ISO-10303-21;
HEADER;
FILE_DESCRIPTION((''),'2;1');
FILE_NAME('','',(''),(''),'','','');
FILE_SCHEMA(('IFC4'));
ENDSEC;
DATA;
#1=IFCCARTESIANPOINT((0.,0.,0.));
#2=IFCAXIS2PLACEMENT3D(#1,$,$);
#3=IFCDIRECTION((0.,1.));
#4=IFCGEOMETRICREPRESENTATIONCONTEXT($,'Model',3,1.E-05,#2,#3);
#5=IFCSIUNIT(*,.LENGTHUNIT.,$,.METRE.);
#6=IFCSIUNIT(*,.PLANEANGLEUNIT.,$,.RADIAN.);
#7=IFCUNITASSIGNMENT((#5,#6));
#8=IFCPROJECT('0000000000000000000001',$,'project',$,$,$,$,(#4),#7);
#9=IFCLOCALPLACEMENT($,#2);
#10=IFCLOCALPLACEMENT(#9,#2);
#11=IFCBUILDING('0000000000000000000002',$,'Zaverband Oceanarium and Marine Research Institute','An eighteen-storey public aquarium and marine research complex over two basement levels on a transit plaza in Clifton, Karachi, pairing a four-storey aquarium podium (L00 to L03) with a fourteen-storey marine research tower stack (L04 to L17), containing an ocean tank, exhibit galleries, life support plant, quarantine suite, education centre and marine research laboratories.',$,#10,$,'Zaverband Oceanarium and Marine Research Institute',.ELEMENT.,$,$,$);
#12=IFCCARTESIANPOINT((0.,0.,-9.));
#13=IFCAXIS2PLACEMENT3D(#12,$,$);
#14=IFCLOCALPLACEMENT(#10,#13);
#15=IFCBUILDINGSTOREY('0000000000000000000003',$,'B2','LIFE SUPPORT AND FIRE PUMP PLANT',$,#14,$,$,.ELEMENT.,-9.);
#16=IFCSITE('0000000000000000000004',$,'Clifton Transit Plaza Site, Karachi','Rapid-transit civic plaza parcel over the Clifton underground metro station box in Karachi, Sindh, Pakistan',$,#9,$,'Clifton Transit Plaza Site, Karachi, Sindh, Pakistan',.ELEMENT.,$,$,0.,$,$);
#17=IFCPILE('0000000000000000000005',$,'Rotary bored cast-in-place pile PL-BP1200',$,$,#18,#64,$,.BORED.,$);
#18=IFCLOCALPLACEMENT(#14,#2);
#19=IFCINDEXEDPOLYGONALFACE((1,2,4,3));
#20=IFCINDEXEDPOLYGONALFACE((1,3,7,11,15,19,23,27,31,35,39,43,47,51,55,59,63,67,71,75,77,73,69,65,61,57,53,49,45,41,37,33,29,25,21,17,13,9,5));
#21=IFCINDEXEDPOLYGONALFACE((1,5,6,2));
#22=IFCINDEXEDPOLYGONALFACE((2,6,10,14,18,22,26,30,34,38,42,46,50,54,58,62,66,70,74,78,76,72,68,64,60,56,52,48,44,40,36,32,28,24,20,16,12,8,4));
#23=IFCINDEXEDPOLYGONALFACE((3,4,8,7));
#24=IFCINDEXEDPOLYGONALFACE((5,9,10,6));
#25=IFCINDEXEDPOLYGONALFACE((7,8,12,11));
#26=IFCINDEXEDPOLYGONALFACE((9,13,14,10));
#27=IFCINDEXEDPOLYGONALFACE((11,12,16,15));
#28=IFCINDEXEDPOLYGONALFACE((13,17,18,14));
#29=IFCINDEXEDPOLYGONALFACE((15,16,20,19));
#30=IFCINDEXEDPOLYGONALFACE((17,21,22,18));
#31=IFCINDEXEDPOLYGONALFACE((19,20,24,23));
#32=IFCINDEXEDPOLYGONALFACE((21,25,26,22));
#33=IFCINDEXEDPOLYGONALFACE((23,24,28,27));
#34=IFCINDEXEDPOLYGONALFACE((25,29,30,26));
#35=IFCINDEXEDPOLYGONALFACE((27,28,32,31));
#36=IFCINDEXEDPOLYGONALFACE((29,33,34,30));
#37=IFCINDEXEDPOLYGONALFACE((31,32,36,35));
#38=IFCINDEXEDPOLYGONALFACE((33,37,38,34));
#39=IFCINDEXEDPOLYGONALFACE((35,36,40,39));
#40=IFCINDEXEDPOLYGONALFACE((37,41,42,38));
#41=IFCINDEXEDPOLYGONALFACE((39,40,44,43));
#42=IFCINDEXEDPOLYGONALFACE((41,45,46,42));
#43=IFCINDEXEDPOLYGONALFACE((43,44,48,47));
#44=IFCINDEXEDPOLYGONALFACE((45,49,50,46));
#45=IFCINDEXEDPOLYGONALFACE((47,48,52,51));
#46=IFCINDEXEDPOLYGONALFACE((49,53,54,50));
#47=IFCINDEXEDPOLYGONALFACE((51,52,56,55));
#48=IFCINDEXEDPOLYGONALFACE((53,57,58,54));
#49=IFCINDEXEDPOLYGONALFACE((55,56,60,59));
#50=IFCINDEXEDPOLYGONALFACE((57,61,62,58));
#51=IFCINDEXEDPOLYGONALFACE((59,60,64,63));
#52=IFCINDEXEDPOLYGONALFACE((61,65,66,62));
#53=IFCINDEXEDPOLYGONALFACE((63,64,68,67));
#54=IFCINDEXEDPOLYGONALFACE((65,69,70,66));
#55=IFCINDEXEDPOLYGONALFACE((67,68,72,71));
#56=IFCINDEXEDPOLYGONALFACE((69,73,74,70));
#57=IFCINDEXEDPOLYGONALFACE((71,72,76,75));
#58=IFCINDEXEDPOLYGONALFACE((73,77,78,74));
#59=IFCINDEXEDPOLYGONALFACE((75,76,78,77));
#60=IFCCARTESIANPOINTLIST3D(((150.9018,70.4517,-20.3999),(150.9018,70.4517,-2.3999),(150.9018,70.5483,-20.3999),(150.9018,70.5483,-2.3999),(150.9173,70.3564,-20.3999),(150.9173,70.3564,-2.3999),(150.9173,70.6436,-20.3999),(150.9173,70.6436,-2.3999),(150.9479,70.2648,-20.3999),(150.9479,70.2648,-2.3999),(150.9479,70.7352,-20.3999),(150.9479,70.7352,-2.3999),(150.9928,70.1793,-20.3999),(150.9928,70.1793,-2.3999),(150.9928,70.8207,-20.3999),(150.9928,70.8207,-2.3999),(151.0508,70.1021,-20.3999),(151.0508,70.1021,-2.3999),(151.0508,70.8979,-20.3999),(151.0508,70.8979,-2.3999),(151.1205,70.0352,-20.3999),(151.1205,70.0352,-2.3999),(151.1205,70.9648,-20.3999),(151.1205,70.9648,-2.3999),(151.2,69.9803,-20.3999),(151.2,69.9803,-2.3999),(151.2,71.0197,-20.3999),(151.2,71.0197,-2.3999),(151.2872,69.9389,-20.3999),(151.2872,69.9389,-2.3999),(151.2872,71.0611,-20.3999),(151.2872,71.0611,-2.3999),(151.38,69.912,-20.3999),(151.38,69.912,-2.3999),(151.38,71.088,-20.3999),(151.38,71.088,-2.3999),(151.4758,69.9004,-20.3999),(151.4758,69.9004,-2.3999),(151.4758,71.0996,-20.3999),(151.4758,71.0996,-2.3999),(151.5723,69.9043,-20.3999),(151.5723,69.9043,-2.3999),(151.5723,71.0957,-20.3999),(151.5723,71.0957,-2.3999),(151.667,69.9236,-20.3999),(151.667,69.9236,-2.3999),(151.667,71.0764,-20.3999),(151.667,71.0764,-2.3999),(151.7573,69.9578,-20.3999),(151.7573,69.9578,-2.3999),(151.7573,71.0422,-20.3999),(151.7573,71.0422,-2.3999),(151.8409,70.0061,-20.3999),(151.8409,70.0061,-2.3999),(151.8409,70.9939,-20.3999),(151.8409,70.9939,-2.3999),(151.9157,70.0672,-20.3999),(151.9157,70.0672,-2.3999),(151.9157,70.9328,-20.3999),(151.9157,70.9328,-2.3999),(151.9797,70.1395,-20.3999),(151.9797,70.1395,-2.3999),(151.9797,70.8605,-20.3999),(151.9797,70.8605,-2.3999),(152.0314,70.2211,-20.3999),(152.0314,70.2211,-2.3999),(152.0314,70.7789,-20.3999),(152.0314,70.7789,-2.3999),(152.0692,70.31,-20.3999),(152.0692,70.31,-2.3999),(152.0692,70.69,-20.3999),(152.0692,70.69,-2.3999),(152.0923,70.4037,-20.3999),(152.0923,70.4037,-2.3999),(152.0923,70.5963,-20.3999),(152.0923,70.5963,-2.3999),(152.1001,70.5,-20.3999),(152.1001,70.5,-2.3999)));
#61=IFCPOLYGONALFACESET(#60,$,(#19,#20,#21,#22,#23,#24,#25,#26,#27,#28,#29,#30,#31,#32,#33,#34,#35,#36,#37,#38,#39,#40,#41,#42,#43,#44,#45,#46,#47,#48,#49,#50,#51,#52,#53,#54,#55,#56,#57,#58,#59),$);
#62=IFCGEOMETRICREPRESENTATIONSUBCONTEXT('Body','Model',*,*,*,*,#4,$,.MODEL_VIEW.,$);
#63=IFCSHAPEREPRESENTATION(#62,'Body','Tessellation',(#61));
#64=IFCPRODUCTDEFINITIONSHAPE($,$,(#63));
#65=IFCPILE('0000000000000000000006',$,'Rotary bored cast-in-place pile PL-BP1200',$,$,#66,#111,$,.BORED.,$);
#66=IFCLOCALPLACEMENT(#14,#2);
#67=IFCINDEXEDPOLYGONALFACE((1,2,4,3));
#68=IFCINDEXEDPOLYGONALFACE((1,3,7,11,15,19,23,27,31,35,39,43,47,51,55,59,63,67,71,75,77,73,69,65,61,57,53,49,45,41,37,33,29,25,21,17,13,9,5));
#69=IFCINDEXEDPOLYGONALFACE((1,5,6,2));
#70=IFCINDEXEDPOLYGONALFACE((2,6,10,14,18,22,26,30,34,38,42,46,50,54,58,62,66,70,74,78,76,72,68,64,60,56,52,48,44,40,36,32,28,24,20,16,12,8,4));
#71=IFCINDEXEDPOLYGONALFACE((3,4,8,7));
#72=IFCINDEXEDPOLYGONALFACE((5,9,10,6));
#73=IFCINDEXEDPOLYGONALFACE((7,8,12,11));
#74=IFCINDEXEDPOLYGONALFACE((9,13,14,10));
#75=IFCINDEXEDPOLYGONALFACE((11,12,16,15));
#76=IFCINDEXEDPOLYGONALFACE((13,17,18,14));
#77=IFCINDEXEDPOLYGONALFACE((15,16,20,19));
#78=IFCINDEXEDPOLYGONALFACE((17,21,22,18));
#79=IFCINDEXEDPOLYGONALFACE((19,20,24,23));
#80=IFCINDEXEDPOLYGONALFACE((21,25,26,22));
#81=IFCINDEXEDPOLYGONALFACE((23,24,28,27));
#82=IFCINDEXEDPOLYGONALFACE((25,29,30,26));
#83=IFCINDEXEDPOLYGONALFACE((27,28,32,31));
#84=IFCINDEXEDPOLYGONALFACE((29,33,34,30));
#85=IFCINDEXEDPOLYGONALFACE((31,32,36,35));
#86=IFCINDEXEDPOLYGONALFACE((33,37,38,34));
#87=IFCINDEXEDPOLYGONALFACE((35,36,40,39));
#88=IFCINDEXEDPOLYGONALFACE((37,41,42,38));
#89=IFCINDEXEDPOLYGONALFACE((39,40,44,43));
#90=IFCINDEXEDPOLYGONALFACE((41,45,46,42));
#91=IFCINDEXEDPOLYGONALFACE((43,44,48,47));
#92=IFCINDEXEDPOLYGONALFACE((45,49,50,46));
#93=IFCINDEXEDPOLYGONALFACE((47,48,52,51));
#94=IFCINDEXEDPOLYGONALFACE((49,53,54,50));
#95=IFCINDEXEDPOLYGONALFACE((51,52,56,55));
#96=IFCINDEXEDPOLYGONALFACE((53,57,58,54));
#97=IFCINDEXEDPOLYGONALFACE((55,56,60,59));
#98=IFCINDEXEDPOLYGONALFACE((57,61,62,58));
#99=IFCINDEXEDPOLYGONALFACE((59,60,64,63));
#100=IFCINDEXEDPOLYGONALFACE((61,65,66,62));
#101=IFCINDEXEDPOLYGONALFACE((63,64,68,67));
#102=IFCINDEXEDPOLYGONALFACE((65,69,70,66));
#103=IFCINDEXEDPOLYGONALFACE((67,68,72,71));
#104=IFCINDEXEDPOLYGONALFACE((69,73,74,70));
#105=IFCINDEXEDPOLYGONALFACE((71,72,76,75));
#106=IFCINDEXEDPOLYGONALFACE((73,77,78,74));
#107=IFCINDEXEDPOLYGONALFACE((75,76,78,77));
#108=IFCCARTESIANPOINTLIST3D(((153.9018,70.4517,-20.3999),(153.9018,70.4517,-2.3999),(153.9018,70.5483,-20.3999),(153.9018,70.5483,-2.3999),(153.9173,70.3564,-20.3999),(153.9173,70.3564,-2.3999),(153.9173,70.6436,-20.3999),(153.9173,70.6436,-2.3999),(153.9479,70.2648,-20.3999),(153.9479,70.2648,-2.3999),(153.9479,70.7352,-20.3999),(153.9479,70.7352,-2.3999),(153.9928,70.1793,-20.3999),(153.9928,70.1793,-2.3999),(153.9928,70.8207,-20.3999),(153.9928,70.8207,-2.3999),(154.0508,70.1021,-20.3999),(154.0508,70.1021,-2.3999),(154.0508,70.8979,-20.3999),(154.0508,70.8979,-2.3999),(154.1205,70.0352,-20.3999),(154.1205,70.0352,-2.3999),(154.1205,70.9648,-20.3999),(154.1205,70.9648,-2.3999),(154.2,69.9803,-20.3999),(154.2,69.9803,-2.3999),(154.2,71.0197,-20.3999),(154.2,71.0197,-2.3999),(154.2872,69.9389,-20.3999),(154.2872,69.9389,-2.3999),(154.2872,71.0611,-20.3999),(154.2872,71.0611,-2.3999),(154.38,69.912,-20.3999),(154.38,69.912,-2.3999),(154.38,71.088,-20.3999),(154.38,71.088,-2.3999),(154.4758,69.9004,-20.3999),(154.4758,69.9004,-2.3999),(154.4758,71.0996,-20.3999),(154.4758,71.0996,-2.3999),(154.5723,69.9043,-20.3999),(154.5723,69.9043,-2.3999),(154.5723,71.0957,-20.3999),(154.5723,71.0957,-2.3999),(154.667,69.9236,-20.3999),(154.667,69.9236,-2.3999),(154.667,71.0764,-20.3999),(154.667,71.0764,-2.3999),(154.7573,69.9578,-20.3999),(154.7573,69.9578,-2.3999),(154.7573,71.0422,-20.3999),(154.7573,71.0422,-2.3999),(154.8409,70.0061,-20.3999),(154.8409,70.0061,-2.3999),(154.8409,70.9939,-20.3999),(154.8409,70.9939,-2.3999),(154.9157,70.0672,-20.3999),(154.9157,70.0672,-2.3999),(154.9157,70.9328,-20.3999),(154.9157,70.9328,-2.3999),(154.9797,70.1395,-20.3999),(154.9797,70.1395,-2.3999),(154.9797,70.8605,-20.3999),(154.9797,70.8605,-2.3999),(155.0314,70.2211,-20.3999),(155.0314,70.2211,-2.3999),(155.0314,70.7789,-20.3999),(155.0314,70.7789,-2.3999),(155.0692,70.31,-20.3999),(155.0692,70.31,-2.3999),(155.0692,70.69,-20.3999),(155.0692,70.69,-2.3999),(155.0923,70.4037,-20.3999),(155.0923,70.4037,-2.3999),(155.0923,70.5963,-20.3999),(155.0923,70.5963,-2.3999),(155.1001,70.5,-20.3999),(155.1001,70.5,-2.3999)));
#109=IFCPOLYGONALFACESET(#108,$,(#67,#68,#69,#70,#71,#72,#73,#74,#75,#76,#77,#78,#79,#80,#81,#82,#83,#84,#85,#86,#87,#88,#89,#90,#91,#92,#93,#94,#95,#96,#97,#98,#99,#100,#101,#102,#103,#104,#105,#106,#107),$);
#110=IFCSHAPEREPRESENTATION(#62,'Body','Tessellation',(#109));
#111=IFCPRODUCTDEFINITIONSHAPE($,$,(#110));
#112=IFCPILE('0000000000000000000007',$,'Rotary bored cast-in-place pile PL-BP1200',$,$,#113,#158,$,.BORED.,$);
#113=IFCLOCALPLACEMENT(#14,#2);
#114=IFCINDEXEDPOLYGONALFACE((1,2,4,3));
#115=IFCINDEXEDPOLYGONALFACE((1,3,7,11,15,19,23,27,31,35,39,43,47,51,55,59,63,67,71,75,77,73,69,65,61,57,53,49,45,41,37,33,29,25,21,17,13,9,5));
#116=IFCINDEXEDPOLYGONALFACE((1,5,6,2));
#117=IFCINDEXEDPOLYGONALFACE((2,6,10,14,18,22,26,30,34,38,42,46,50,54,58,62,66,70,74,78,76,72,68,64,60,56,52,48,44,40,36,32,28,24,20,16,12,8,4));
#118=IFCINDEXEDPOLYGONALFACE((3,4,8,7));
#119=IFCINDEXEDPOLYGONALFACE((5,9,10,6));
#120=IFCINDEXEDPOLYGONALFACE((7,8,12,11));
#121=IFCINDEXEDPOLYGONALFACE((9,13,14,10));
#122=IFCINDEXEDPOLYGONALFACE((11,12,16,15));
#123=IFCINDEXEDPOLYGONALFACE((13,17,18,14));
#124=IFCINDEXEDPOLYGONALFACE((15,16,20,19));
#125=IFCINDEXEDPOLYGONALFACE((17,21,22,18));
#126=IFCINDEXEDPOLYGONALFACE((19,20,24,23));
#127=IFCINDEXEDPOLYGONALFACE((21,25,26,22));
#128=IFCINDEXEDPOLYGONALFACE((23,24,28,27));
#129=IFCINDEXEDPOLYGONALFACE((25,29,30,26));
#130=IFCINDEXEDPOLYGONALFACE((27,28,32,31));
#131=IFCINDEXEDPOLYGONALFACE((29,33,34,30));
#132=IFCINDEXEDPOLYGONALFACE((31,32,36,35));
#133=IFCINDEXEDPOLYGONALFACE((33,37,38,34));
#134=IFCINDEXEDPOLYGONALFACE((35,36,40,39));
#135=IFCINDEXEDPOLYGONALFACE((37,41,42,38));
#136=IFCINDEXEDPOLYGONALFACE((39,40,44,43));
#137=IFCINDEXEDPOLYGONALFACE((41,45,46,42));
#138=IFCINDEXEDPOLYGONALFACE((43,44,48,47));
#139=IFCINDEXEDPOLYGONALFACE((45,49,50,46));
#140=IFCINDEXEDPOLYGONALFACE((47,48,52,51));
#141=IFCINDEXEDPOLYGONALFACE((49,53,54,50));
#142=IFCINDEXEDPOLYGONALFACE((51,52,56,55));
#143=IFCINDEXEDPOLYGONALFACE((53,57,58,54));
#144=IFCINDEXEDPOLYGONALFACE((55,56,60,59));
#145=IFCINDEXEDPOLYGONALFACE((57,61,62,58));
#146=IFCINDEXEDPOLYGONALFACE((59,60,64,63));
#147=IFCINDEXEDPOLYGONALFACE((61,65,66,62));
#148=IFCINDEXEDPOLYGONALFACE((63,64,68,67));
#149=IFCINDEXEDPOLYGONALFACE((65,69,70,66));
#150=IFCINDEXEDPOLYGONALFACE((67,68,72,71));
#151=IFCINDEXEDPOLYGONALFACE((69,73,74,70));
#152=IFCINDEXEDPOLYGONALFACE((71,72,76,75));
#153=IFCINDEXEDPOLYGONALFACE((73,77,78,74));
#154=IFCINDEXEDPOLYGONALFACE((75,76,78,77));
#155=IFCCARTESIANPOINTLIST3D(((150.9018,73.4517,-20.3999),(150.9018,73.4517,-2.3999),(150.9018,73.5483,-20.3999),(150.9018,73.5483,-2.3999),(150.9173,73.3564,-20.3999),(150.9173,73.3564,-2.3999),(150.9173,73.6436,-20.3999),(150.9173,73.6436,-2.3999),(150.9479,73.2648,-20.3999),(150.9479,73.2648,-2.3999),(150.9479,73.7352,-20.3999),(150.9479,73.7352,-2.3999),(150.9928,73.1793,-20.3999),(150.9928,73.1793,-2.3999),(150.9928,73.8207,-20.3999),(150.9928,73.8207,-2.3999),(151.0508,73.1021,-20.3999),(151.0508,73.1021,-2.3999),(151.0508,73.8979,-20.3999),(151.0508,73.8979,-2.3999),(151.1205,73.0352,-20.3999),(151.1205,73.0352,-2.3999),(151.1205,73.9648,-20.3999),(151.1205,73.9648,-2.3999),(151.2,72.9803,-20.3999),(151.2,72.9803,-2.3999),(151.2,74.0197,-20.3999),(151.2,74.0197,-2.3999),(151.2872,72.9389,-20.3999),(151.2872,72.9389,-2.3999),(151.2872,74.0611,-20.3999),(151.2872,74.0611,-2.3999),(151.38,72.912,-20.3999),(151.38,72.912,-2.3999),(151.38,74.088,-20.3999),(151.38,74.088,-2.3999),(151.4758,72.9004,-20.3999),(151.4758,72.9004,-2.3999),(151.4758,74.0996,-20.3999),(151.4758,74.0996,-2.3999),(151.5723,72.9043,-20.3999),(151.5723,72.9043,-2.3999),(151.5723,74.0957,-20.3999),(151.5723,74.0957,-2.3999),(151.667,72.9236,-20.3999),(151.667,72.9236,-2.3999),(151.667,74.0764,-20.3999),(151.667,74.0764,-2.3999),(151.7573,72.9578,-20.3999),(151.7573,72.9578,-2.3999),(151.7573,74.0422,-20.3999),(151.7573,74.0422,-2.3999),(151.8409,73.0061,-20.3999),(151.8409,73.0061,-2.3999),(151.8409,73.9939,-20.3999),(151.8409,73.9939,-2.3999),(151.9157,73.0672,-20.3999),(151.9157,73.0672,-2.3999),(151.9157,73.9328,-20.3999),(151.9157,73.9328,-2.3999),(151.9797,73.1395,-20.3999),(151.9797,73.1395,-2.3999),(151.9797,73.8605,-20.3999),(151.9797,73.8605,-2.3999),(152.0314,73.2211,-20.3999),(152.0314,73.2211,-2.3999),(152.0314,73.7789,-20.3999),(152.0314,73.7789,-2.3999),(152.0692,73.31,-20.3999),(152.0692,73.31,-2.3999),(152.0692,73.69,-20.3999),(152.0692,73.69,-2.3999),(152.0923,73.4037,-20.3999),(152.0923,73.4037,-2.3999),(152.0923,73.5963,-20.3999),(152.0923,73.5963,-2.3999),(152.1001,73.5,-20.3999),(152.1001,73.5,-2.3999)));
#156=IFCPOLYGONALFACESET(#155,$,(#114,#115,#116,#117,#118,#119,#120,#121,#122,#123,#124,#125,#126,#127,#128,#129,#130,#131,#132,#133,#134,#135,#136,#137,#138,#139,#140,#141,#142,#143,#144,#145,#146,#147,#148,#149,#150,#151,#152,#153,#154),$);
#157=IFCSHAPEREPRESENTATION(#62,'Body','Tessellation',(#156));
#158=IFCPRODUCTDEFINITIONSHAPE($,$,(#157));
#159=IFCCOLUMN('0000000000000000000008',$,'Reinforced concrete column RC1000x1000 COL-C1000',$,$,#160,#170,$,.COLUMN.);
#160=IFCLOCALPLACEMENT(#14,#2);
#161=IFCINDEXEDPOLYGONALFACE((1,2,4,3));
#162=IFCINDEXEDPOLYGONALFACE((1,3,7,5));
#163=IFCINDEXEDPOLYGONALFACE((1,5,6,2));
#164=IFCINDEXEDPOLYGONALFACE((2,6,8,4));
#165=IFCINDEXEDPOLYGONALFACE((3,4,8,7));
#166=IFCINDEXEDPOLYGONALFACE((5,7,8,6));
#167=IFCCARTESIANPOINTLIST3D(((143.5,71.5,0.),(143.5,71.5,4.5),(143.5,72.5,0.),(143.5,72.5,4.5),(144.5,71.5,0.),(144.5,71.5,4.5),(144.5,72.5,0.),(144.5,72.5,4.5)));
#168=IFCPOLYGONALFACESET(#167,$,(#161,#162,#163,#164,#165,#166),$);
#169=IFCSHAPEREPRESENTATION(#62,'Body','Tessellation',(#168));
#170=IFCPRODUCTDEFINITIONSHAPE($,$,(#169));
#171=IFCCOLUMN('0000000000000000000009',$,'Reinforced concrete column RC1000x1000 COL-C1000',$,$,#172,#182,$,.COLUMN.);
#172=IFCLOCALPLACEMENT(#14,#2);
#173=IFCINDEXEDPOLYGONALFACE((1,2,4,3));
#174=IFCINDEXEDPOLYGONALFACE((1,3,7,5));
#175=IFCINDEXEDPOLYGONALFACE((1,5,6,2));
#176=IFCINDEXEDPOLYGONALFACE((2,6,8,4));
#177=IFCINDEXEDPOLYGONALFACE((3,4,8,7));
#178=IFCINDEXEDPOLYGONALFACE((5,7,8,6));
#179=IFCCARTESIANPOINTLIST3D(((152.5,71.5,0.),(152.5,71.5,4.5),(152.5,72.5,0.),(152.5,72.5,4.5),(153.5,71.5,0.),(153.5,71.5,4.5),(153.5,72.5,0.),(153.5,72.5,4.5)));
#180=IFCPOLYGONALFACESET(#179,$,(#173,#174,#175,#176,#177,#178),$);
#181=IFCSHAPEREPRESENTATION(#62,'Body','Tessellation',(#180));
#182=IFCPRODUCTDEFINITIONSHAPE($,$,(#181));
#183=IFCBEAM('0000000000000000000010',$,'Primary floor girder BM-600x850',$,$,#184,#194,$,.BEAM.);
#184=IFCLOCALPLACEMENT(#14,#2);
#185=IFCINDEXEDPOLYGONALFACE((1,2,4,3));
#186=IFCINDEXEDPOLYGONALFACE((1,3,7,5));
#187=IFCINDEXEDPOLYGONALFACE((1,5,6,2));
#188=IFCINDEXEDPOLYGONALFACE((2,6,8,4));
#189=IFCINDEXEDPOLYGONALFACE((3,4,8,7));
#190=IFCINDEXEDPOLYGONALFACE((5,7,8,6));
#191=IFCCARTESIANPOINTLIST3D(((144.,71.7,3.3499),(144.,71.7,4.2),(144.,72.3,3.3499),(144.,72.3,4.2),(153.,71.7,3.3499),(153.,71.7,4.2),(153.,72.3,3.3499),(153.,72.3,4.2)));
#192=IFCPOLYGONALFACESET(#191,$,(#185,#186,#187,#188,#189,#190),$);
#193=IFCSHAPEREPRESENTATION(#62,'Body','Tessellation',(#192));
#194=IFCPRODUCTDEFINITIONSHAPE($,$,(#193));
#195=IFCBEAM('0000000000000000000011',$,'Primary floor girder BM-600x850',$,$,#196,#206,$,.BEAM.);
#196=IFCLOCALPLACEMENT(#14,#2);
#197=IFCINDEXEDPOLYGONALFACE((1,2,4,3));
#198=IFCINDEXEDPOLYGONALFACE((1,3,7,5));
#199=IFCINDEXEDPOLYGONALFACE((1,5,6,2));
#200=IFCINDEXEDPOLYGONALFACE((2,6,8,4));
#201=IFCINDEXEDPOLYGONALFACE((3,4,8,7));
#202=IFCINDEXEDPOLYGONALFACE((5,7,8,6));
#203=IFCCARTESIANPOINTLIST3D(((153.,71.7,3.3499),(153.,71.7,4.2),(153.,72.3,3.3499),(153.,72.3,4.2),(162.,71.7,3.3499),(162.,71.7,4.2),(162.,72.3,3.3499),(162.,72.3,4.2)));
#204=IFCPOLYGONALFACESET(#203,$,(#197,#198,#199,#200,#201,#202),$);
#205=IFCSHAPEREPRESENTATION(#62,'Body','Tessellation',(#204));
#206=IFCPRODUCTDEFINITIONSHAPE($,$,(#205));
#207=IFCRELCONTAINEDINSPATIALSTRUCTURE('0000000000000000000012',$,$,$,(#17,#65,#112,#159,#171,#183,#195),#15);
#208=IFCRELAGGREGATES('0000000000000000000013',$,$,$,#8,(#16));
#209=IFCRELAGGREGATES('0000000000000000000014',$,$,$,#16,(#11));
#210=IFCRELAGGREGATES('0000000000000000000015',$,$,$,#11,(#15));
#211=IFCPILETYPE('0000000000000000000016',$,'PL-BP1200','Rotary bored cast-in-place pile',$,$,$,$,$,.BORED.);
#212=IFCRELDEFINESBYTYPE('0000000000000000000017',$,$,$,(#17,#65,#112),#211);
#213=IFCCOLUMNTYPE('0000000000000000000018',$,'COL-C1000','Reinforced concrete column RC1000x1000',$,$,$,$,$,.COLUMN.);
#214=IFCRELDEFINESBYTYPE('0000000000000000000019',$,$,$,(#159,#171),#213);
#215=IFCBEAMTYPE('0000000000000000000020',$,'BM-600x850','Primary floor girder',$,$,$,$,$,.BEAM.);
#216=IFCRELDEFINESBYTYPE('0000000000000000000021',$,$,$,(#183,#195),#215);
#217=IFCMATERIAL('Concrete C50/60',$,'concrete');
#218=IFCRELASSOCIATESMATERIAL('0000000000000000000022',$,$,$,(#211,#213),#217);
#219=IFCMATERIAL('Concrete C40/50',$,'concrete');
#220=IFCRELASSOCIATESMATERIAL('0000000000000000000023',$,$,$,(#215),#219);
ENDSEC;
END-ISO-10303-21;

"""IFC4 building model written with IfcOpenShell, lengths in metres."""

from ifc_helpers import new_model, si_unit, direction, frame, origin, origin_2d, place, context, subcontext, project, spatial, rectangle, circle, extrude, material, material_profile, profile_set, type_object, element, save


model = new_model("IFC4")

# Units and contexts
model_context = context("Model", 3, precision=1e-05, world=origin(), true_north=direction((0.0, 1.0)))
body_context = subcontext(model_context, "Body", "Model", "MODEL_VIEW")
ifc_project = project(units=[si_unit("LENGTHUNIT", "METRE"), si_unit("PLANEANGLEUNIT", "RADIAN")], contexts=[model_context])

# Site, building, storey
site_placement = place(None, origin())
site = spatial("IfcSite", under=ifc_project, at=site_placement, Name="Clifton Transit Plaza Site, Karachi", Description="Rapid-transit civic plaza parcel over the Clifton underground metro station box in Karachi, Sindh, Pakistan", LongName="Clifton Transit Plaza Site, Karachi, Sindh, Pakistan", CompositionType="ELEMENT", RefElevation=0.0)
building_placement = place(site_placement, origin())
building = spatial("IfcBuilding", under=site, at=building_placement, Name="Zaverband Oceanarium and Marine Research Institute", Description="An eighteen-storey public aquarium and marine research complex over two basement levels on a transit plaza in Clifton, Karachi, pairing a four-storey aquarium podium (L00 to L03) with a fourteen-storey marine research tower stack (L04 to L17), containing an ocean tank, exhibit galleries, life support plant, quarantine suite, education centre and marine research laboratories.", LongName="Zaverband Oceanarium and Marine Research Institute", CompositionType="ELEMENT")
storey_placement = place(building_placement, frame((0.0, 0.0, -9.0)))
storey = spatial("IfcBuildingStorey", under=building, at=storey_placement, Name="B2", Description="LIFE SUPPORT AND FIRE PUMP PLANT", CompositionType="ELEMENT", Elevation=-9.0)

# Shared definitions
ifc_material_1 = material(Name="Concrete C50/60", Category="concrete")

# Piles
ifc_material_profile_1 = material_profile(ifc_material_1, circle(Radius=0.6001, at=origin_2d()), Name="BP1200")
ifc_profile_set_1 = profile_set([ifc_material_profile_1], Name="Concrete C50/60")
pile_type = type_object("IfcPileType", Name="PL-BP1200", Description="Rotary bored cast-in-place pile", PredefinedType="BORED", material=ifc_profile_set_1)
for number, where, z_axis, x_axis, name in (
    (1, (151.5, 70.5, -2.3999), (0.0, 0.0, -1.0), (1.0, 0.0, 0.0), "Rotary bored cast-in-place pile PL-BP1200"),
    (2, (154.5, 70.5, -2.3999), (0.0, 0.0, -1.0), (1.0, 0.0, 0.0), "Rotary bored cast-in-place pile PL-BP1200"),
    (3, (151.5, 73.5, -2.3999), (0.0, 0.0, -1.0), (1.0, 0.0, 0.0), "Rotary bored cast-in-place pile PL-BP1200"),
):
    element("IfcPile", number, at=place(storey_placement, frame(where, z_axis=z_axis, x_axis=x_axis)), inside=storey, type_object=pile_type, Name=name, PredefinedType="BORED", context=body_context, shape_type="SweptSolid", body=[
        extrude(circle(Radius=0.6001, at=origin_2d()), origin(), (0.0, 0.0, 1.0), 18.0),
    ])

# Columns
ifc_material_profile_2 = material_profile(ifc_material_1, rectangle(XDim=1.0, YDim=1.0, at=origin_2d()), Name="RC1000x1000")
ifc_profile_set_2 = profile_set([ifc_material_profile_2], Name="Concrete C50/60")
column_type = type_object("IfcColumnType", Name="COL-C1000", Description="Reinforced concrete column RC1000x1000", PredefinedType="COLUMN", material=ifc_profile_set_2)
for number, where, z_axis, x_axis, name in (
    (4, (144.0, 72.0, 0.0), (0.0, 0.0, 1.0), (1.0, 0.0, 0.0), "Reinforced concrete column RC1000x1000 COL-C1000"),
    (5, (153.0, 72.0, 0.0), (0.0, 0.0, 1.0), (1.0, 0.0, 0.0), "Reinforced concrete column RC1000x1000 COL-C1000"),
):
    element("IfcColumn", number, at=place(storey_placement, frame(where, z_axis=z_axis, x_axis=x_axis)), inside=storey, type_object=column_type, Name=name, PredefinedType="COLUMN", context=body_context, shape_type="SweptSolid", body=[
        extrude(rectangle(XDim=1.0, YDim=1.0, at=origin_2d()), origin(), (0.0, 0.0, 1.0), 4.5),
    ])

# Beams
ifc_material_2 = material(Name="Concrete C40/50", Category="concrete")
ifc_material_profile_3 = material_profile(ifc_material_2, rectangle(XDim=0.6001, YDim=0.8501, at=origin_2d()), Name="RC600x850")
ifc_profile_set_3 = profile_set([ifc_material_profile_3], Name="Concrete C40/50")
beam_type_1 = type_object("IfcBeamType", Name="BM-600x850", Description="Primary floor girder", PredefinedType="BEAM", material=ifc_profile_set_3)
for number, where, z_axis, x_axis, name in (
    (6, (144.0, 72.0, 3.7749), (1.0, 0.0, 0.0), (0.0, 1.0, 0.0), "Primary floor girder BM-600x850"),
    (7, (153.0, 72.0, 3.7749), (1.0, 0.0, 0.0), (0.0, 1.0, 0.0), "Primary floor girder BM-600x850"),
):
    element("IfcBeam", number, at=place(storey_placement, frame(where, z_axis=z_axis, x_axis=x_axis)), inside=storey, type_object=beam_type_1, Name=name, PredefinedType="BEAM", context=body_context, shape_type="SweptSolid", body=[
        extrude(rectangle(XDim=0.6001, YDim=0.8501, at=origin_2d()), origin(), (0.0, 0.0, 1.0), 9.0),
    ])

save(model, "model.ifc")
